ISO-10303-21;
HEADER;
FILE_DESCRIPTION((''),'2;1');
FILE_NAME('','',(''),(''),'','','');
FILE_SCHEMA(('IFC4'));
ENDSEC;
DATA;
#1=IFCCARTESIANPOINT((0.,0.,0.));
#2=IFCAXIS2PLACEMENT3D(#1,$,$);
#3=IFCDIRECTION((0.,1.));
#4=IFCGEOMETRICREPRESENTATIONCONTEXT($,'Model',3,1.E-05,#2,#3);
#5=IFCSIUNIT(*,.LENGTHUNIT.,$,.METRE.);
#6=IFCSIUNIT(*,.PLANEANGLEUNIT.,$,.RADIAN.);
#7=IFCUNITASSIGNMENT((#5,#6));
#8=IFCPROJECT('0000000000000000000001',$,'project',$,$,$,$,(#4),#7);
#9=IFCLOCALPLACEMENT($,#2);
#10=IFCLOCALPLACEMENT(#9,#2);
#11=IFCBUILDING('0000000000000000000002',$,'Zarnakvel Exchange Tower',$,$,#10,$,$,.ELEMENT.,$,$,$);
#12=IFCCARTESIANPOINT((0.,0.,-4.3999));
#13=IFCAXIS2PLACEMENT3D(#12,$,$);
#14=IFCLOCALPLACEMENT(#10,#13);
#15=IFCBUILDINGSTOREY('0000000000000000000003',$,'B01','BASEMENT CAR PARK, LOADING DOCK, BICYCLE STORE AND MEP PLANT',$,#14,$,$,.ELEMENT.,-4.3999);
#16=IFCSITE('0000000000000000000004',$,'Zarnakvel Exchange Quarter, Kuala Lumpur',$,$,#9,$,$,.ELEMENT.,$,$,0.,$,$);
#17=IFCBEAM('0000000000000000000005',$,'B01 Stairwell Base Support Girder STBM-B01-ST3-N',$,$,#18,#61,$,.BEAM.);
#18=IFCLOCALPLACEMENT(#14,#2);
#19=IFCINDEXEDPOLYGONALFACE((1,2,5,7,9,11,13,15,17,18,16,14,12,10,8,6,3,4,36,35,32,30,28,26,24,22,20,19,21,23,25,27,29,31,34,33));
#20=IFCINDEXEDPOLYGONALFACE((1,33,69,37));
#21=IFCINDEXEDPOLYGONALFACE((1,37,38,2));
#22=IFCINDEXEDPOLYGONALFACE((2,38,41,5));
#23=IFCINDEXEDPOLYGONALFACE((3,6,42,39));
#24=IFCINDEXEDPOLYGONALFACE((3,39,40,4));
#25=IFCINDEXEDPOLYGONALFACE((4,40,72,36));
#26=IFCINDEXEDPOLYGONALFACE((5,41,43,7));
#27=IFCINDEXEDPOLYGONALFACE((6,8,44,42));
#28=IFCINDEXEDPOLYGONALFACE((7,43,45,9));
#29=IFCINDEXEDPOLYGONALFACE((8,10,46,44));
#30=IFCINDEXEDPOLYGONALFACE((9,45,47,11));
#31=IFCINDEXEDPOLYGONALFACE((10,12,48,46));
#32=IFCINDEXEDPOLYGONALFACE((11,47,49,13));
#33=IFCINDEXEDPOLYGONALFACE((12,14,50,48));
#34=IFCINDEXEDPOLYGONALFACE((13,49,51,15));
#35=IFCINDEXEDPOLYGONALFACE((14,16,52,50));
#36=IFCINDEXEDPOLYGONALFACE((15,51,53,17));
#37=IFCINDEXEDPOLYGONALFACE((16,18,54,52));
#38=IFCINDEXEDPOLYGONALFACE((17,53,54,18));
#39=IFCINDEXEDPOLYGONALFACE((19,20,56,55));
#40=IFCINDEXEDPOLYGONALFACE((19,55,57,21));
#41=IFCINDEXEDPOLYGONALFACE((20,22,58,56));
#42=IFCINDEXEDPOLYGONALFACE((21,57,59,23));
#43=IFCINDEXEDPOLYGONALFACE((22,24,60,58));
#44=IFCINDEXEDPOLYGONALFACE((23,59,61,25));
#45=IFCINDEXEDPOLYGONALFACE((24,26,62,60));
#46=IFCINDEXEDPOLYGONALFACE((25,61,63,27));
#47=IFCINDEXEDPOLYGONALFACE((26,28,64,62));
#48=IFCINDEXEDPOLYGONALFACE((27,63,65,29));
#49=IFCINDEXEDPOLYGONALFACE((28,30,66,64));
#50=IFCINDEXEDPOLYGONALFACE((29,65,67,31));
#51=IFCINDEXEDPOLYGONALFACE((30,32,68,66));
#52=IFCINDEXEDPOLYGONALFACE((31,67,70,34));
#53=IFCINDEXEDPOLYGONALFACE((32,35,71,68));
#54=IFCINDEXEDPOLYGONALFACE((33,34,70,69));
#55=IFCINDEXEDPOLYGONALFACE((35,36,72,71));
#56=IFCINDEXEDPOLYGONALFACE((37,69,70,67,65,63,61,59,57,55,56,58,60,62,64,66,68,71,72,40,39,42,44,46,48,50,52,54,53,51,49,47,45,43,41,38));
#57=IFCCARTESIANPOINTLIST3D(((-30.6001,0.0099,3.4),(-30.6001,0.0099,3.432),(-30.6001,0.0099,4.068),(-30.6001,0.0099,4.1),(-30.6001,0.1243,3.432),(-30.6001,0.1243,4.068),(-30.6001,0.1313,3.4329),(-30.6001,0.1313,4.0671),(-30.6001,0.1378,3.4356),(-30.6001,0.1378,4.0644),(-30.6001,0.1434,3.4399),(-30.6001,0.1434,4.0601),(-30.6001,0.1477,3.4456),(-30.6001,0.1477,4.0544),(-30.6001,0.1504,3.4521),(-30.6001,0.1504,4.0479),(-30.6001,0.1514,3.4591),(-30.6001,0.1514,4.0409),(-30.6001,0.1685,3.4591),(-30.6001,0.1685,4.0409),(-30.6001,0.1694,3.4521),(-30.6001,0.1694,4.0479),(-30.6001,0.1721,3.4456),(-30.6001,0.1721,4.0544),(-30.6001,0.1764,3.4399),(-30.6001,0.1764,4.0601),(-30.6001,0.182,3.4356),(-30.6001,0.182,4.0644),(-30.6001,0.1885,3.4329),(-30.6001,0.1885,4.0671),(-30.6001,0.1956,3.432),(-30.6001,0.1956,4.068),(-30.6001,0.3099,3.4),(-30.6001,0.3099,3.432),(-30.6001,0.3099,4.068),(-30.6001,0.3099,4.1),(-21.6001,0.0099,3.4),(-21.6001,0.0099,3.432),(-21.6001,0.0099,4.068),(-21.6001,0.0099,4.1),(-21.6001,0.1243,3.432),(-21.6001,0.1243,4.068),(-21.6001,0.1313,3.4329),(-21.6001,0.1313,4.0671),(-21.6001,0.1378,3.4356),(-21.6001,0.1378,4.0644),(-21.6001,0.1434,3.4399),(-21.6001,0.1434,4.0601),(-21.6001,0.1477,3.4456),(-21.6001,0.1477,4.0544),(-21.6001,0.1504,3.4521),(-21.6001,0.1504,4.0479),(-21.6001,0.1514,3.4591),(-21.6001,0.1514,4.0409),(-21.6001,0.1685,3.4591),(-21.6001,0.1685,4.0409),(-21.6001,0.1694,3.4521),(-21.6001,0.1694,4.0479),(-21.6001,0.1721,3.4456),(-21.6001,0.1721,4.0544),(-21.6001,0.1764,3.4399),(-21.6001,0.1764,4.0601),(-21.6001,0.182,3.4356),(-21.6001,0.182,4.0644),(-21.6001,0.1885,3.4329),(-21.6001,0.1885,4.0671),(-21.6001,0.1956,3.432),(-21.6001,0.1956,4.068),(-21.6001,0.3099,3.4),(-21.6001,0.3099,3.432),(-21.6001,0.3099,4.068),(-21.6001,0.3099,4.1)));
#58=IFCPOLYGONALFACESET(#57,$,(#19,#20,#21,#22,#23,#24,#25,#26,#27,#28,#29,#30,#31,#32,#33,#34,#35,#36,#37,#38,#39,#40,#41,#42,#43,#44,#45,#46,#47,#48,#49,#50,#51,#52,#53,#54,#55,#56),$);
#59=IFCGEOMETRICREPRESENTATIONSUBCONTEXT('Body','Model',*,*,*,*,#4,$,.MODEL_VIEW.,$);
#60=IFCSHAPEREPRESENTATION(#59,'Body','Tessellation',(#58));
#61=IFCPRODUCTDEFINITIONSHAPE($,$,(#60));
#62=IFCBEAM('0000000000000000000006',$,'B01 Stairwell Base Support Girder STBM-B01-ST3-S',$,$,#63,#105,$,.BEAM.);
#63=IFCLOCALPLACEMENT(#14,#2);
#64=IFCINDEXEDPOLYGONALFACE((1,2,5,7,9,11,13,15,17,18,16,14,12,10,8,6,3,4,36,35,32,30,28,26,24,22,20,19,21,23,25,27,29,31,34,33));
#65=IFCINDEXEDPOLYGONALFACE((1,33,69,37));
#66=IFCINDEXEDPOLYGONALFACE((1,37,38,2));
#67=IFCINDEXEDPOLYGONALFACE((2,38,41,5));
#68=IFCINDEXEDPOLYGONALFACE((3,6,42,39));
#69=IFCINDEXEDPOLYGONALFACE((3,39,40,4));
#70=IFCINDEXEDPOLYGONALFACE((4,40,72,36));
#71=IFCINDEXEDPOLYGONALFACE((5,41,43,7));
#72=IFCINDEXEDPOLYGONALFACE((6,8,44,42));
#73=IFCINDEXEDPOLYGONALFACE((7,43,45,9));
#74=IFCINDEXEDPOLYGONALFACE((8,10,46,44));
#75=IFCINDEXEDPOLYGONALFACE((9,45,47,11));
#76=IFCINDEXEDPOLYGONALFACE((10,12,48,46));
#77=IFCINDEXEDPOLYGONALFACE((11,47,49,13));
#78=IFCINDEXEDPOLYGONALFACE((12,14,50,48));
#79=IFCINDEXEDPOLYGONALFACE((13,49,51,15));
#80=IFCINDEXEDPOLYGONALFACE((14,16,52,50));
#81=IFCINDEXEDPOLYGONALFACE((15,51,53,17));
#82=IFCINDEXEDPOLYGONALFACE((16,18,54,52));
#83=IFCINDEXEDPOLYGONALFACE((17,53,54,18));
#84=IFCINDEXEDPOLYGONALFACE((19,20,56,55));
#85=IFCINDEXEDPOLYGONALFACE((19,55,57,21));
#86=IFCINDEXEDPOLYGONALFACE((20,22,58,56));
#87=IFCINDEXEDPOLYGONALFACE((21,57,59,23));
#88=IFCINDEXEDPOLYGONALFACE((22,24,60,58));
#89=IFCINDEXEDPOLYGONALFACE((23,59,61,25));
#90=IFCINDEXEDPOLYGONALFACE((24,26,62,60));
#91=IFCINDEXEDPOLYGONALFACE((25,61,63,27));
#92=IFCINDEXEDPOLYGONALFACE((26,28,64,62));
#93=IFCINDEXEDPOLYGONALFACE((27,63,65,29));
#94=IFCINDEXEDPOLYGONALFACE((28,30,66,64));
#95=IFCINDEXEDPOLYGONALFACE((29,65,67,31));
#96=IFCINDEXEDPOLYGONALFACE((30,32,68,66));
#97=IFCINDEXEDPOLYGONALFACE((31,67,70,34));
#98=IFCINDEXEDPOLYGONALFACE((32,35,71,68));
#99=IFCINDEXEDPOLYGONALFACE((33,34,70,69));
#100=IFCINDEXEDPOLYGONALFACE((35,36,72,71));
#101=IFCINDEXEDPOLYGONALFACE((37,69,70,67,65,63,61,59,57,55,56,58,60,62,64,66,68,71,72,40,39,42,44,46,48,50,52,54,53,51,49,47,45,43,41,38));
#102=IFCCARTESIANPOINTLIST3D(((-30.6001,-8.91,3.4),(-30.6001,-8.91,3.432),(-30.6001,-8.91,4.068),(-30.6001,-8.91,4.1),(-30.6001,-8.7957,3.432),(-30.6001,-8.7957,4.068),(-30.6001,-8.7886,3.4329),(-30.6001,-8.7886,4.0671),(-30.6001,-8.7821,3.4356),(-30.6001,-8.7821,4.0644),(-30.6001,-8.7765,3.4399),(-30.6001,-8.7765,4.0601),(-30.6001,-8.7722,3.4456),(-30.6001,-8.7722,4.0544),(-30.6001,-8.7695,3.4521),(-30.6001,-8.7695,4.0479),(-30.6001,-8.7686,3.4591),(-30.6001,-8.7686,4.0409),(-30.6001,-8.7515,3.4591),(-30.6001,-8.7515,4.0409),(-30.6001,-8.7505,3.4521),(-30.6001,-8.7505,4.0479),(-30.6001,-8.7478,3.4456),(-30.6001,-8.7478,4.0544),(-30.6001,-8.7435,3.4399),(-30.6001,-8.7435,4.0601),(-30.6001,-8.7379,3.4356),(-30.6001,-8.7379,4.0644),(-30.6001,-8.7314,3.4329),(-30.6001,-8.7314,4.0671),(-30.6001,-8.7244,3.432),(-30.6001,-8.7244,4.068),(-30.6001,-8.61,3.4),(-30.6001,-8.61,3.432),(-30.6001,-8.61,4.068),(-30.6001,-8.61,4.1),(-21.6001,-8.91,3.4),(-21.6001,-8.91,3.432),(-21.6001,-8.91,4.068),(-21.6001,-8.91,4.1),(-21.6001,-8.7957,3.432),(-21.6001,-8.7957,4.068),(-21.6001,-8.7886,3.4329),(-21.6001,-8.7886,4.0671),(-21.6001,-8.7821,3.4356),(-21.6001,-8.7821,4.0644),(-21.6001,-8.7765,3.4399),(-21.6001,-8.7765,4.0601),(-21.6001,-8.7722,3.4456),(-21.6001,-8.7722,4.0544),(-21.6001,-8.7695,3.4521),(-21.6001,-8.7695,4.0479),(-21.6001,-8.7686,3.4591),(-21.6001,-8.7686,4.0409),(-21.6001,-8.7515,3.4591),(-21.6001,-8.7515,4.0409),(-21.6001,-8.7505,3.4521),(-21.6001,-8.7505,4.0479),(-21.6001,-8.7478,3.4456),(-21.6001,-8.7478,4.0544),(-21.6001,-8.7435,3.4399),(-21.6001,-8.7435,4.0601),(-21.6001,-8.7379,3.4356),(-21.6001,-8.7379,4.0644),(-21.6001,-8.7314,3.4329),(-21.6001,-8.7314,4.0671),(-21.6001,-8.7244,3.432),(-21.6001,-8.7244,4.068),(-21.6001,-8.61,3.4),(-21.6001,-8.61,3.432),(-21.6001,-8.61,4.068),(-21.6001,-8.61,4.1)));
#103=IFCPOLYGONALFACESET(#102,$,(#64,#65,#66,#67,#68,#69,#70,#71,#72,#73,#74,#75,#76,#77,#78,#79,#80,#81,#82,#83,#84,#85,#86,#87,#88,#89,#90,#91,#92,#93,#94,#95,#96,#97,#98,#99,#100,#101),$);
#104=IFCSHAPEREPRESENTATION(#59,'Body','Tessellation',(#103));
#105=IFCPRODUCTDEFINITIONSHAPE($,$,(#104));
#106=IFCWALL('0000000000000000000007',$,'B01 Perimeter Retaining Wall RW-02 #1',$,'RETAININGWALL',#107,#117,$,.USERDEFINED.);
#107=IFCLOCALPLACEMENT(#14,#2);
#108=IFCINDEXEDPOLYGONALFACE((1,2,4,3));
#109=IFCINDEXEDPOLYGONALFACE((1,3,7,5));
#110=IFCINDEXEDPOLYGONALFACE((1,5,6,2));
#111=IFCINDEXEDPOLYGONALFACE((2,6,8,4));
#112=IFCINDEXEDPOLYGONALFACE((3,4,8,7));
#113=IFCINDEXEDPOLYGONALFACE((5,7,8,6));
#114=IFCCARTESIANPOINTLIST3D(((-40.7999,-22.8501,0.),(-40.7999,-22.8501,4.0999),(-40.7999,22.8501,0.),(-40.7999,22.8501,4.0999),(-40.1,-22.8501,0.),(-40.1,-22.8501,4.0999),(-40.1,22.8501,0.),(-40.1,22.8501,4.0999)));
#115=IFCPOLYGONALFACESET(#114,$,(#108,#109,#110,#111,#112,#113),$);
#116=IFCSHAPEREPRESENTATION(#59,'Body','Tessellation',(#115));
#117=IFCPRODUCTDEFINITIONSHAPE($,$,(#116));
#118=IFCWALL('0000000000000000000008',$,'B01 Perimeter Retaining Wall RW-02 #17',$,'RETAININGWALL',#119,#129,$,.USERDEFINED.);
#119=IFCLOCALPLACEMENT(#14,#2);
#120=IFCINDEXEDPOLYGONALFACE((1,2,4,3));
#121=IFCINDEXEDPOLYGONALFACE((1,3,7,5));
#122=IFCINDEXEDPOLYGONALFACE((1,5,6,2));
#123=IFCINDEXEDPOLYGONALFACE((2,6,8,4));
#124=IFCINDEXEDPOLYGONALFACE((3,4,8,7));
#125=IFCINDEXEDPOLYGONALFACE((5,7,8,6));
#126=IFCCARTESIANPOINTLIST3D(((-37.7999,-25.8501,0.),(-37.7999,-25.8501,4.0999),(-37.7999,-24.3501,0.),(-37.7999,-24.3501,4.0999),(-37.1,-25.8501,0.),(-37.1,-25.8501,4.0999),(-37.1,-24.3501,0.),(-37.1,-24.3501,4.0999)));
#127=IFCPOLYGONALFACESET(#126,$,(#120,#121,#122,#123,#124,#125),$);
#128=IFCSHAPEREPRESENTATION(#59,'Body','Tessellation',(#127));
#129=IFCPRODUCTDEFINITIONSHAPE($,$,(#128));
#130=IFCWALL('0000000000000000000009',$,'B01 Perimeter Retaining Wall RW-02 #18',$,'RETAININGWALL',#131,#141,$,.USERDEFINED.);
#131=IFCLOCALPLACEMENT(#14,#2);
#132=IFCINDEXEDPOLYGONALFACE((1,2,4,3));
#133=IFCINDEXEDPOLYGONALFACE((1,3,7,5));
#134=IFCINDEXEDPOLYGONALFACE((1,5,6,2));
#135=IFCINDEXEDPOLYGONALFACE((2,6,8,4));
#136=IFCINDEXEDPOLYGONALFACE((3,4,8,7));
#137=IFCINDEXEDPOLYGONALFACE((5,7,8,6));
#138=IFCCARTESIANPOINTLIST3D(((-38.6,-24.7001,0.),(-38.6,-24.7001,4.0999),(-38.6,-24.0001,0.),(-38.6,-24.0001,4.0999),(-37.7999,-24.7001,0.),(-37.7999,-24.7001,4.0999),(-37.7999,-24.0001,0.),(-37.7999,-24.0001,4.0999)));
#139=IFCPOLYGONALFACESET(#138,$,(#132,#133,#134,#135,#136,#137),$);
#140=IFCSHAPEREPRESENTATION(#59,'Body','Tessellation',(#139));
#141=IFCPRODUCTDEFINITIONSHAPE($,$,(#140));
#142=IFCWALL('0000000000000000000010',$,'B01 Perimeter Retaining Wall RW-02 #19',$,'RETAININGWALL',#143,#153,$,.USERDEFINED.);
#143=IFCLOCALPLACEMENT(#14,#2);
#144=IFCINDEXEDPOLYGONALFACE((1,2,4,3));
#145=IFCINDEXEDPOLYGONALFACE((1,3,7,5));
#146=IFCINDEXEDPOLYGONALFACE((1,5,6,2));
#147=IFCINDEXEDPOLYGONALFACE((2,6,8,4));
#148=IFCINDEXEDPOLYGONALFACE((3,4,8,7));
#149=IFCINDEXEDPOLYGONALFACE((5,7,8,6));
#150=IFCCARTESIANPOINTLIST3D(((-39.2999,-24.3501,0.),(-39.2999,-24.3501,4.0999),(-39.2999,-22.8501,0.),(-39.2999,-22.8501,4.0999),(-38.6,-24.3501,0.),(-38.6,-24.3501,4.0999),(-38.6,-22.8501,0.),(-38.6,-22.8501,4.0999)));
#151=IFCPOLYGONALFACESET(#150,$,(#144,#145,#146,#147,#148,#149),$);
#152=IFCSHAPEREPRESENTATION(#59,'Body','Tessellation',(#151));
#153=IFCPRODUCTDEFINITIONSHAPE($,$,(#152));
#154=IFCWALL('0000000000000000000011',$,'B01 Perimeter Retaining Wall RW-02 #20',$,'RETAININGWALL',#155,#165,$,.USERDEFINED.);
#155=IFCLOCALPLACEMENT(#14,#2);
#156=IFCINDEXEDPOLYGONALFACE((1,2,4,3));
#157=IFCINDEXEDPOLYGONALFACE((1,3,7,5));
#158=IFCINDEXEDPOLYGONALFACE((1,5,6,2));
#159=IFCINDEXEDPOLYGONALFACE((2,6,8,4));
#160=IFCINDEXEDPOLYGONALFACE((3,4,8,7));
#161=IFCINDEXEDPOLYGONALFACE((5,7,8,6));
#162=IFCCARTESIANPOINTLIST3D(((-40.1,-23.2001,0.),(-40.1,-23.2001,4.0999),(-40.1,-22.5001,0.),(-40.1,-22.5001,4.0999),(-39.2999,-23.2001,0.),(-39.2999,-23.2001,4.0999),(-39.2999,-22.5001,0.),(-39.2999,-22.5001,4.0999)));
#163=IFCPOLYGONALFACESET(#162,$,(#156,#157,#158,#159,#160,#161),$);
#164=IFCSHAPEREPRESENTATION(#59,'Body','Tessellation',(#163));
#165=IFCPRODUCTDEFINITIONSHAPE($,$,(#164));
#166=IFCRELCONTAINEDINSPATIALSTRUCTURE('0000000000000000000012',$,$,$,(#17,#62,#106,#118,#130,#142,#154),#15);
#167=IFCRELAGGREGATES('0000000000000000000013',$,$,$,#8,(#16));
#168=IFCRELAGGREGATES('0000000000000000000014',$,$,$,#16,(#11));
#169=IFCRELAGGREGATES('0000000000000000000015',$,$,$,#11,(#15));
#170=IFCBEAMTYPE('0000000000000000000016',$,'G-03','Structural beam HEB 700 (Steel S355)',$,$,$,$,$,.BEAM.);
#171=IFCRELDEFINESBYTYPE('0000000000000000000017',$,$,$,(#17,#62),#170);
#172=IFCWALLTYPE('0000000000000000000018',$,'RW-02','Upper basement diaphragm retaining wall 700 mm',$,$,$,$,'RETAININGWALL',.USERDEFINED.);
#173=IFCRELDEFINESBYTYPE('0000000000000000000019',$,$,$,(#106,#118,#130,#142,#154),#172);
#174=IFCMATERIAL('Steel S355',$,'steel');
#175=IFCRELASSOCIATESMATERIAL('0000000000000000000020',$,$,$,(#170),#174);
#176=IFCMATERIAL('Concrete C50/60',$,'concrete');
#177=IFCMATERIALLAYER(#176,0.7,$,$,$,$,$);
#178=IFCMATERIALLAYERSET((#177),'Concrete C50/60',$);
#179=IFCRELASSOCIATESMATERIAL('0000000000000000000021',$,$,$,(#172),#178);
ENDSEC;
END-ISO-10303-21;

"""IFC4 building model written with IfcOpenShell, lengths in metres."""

from ifc_helpers import new_model, si_unit, direction, frame, frame_2d, origin, origin_2d, place, context, subcontext, project, spatial, rectangle, i_section, extrude, material, layer, layer_set, material_profile, profile_set, type_object, element, save


model = new_model("IFC4")

# Units and contexts
model_context = context("Model", 3, precision=1e-05, world=origin(), true_north=direction((0.0, 1.0)))
body_context = subcontext(model_context, "Body", "Model", "MODEL_VIEW")
ifc_project = project(units=[si_unit("LENGTHUNIT", "METRE"), si_unit("PLANEANGLEUNIT", "RADIAN")], contexts=[model_context])

# Site, building, storey
site_placement = place(None, origin())
site = spatial("IfcSite", under=ifc_project, at=site_placement, Name="Zarnakvel Exchange Quarter, Kuala Lumpur", CompositionType="ELEMENT", RefElevation=0.0)
building_placement = place(site_placement, origin())
building = spatial("IfcBuilding", under=site, at=building_placement, Name="Zarnakvel Exchange Tower", CompositionType="ELEMENT")
storey_placement = place(building_placement, frame((0.0, 0.0, -4.3999)))
storey = spatial("IfcBuildingStorey", under=building, at=storey_placement, Name="B01", Description="BASEMENT CAR PARK, LOADING DOCK, BICYCLE STORE AND MEP PLANT", CompositionType="ELEMENT", Elevation=-4.3999)

# Beams
ifc_material_1 = material(Name="Steel S355", Category="steel")
ifc_material_profile_1 = material_profile(ifc_material_1, i_section(OverallWidth=0.3, OverallDepth=0.7, WebThickness=0.0171, FlangeThickness=0.032, FilletRadius=0.0271, at=origin_2d()))
ifc_profile_set_1 = profile_set([ifc_material_profile_1], Name="Steel S355")
beam_type_1 = type_object("IfcBeamType", Name="G-03", Description="Structural beam HEB 700 (Steel S355)", PredefinedType="BEAM", material=ifc_profile_set_1)
for number, where, z_axis, x_axis, name in (
    (1, (-30.6001, 0.1599, 3.75), (1.0, 0.0, 0.0), (0.0, 1.0, 0.0), "B01 Stairwell Base Support Girder STBM-B01-ST3-N"),
    (2, (-30.6001, -8.76, 3.75), (1.0, 0.0, 0.0), (0.0, 1.0, 0.0), "B01 Stairwell Base Support Girder STBM-B01-ST3-S"),
):
    element("IfcBeam", number, at=place(storey_placement, frame(where, z_axis=z_axis, x_axis=x_axis)), inside=storey, type_object=beam_type_1, Name=name, PredefinedType="BEAM", context=body_context, shape_type="SweptSolid", body=[
        extrude(i_section(OverallWidth=0.3, OverallDepth=0.7, WebThickness=0.0171, FlangeThickness=0.032, FilletRadius=0.0271, at=origin_2d()), origin(), (0.0, 0.0, 1.0), 9.0),
    ])

# Walls
ifc_material_2 = material(Name="Concrete C50/60", Category="concrete")
ifc_layer = layer(ifc_material_2, 0.7)
ifc_layer_set = layer_set([ifc_layer], Name="Concrete C50/60")
wall_type = type_object("IfcWallType", Name="RW-02", Description="Upper basement diaphragm retaining wall 700 mm", ElementType="RETAININGWALL", PredefinedType="USERDEFINED", material=ifc_layer_set)
wall_1_placement = place(storey_placement, frame((-40.45, -22.8501, 0.0), z_axis=(0.0, 0.0, 1.0), x_axis=(0.0, 1.0, 0.0)))
element("IfcWall", 3, at=wall_1_placement, inside=storey, type_object=wall_type, Name="B01 Perimeter Retaining Wall RW-02 #1", ObjectType="RETAININGWALL", PredefinedType="USERDEFINED", context=body_context, shape_type="SweptSolid", body=[
    extrude(rectangle(XDim=45.7002, YDim=0.7, at=frame_2d((22.8501, 0.0))), origin(), (0.0, 0.0, 1.0), 4.0999),
])
wall_2_placement = place(storey_placement, frame((-37.45, -25.8501, 0.0), z_axis=(0.0, 0.0, 1.0), x_axis=(0.0, 1.0, 0.0)))
element("IfcWall", 4, at=wall_2_placement, inside=storey, type_object=wall_type, Name="B01 Perimeter Retaining Wall RW-02 #17", ObjectType="RETAININGWALL", PredefinedType="USERDEFINED", context=body_context, shape_type="SweptSolid", body=[
    extrude(rectangle(XDim=1.5, YDim=0.7, at=frame_2d((0.75, 0.0))), origin(), (0.0, 0.0, 1.0), 4.0999),
])
wall_3_placement = place(storey_placement, frame((-37.8, -24.3501, 0.0), z_axis=(0.0, 0.0, 1.0), x_axis=(-1.0, 0.0, 0.0)))
element("IfcWall", 5, at=wall_3_placement, inside=storey, type_object=wall_type, Name="B01 Perimeter Retaining Wall RW-02 #18", ObjectType="RETAININGWALL", PredefinedType="USERDEFINED", context=body_context, shape_type="SweptSolid", body=[
    extrude(rectangle(XDim=0.8, YDim=0.7, at=frame_2d((0.3999, 0.0))), origin(), (0.0, 0.0, 1.0), 4.0999),
])
wall_4_placement = place(storey_placement, frame((-38.95, -24.3501, 0.0), z_axis=(0.0, 0.0, 1.0), x_axis=(0.0, 1.0, 0.0)))
element("IfcWall", 6, at=wall_4_placement, inside=storey, type_object=wall_type, Name="B01 Perimeter Retaining Wall RW-02 #19", ObjectType="RETAININGWALL", PredefinedType="USERDEFINED", context=body_context, shape_type="SweptSolid", body=[
    extrude(rectangle(XDim=1.5, YDim=0.7, at=frame_2d((0.75, 0.0))), origin(), (0.0, 0.0, 1.0), 4.0999),
])
wall_5_placement = place(storey_placement, frame((-39.3, -22.8501, 0.0), z_axis=(0.0, 0.0, 1.0), x_axis=(-1.0, 0.0, 0.0)))
element("IfcWall", 7, at=wall_5_placement, inside=storey, type_object=wall_type, Name="B01 Perimeter Retaining Wall RW-02 #20", ObjectType="RETAININGWALL", PredefinedType="USERDEFINED", context=body_context, shape_type="SweptSolid", body=[
    extrude(rectangle(XDim=0.8, YDim=0.7, at=frame_2d((0.3999, 0.0))), origin(), (0.0, 0.0, 1.0), 4.0999),
])

save(model, "model.ifc")
